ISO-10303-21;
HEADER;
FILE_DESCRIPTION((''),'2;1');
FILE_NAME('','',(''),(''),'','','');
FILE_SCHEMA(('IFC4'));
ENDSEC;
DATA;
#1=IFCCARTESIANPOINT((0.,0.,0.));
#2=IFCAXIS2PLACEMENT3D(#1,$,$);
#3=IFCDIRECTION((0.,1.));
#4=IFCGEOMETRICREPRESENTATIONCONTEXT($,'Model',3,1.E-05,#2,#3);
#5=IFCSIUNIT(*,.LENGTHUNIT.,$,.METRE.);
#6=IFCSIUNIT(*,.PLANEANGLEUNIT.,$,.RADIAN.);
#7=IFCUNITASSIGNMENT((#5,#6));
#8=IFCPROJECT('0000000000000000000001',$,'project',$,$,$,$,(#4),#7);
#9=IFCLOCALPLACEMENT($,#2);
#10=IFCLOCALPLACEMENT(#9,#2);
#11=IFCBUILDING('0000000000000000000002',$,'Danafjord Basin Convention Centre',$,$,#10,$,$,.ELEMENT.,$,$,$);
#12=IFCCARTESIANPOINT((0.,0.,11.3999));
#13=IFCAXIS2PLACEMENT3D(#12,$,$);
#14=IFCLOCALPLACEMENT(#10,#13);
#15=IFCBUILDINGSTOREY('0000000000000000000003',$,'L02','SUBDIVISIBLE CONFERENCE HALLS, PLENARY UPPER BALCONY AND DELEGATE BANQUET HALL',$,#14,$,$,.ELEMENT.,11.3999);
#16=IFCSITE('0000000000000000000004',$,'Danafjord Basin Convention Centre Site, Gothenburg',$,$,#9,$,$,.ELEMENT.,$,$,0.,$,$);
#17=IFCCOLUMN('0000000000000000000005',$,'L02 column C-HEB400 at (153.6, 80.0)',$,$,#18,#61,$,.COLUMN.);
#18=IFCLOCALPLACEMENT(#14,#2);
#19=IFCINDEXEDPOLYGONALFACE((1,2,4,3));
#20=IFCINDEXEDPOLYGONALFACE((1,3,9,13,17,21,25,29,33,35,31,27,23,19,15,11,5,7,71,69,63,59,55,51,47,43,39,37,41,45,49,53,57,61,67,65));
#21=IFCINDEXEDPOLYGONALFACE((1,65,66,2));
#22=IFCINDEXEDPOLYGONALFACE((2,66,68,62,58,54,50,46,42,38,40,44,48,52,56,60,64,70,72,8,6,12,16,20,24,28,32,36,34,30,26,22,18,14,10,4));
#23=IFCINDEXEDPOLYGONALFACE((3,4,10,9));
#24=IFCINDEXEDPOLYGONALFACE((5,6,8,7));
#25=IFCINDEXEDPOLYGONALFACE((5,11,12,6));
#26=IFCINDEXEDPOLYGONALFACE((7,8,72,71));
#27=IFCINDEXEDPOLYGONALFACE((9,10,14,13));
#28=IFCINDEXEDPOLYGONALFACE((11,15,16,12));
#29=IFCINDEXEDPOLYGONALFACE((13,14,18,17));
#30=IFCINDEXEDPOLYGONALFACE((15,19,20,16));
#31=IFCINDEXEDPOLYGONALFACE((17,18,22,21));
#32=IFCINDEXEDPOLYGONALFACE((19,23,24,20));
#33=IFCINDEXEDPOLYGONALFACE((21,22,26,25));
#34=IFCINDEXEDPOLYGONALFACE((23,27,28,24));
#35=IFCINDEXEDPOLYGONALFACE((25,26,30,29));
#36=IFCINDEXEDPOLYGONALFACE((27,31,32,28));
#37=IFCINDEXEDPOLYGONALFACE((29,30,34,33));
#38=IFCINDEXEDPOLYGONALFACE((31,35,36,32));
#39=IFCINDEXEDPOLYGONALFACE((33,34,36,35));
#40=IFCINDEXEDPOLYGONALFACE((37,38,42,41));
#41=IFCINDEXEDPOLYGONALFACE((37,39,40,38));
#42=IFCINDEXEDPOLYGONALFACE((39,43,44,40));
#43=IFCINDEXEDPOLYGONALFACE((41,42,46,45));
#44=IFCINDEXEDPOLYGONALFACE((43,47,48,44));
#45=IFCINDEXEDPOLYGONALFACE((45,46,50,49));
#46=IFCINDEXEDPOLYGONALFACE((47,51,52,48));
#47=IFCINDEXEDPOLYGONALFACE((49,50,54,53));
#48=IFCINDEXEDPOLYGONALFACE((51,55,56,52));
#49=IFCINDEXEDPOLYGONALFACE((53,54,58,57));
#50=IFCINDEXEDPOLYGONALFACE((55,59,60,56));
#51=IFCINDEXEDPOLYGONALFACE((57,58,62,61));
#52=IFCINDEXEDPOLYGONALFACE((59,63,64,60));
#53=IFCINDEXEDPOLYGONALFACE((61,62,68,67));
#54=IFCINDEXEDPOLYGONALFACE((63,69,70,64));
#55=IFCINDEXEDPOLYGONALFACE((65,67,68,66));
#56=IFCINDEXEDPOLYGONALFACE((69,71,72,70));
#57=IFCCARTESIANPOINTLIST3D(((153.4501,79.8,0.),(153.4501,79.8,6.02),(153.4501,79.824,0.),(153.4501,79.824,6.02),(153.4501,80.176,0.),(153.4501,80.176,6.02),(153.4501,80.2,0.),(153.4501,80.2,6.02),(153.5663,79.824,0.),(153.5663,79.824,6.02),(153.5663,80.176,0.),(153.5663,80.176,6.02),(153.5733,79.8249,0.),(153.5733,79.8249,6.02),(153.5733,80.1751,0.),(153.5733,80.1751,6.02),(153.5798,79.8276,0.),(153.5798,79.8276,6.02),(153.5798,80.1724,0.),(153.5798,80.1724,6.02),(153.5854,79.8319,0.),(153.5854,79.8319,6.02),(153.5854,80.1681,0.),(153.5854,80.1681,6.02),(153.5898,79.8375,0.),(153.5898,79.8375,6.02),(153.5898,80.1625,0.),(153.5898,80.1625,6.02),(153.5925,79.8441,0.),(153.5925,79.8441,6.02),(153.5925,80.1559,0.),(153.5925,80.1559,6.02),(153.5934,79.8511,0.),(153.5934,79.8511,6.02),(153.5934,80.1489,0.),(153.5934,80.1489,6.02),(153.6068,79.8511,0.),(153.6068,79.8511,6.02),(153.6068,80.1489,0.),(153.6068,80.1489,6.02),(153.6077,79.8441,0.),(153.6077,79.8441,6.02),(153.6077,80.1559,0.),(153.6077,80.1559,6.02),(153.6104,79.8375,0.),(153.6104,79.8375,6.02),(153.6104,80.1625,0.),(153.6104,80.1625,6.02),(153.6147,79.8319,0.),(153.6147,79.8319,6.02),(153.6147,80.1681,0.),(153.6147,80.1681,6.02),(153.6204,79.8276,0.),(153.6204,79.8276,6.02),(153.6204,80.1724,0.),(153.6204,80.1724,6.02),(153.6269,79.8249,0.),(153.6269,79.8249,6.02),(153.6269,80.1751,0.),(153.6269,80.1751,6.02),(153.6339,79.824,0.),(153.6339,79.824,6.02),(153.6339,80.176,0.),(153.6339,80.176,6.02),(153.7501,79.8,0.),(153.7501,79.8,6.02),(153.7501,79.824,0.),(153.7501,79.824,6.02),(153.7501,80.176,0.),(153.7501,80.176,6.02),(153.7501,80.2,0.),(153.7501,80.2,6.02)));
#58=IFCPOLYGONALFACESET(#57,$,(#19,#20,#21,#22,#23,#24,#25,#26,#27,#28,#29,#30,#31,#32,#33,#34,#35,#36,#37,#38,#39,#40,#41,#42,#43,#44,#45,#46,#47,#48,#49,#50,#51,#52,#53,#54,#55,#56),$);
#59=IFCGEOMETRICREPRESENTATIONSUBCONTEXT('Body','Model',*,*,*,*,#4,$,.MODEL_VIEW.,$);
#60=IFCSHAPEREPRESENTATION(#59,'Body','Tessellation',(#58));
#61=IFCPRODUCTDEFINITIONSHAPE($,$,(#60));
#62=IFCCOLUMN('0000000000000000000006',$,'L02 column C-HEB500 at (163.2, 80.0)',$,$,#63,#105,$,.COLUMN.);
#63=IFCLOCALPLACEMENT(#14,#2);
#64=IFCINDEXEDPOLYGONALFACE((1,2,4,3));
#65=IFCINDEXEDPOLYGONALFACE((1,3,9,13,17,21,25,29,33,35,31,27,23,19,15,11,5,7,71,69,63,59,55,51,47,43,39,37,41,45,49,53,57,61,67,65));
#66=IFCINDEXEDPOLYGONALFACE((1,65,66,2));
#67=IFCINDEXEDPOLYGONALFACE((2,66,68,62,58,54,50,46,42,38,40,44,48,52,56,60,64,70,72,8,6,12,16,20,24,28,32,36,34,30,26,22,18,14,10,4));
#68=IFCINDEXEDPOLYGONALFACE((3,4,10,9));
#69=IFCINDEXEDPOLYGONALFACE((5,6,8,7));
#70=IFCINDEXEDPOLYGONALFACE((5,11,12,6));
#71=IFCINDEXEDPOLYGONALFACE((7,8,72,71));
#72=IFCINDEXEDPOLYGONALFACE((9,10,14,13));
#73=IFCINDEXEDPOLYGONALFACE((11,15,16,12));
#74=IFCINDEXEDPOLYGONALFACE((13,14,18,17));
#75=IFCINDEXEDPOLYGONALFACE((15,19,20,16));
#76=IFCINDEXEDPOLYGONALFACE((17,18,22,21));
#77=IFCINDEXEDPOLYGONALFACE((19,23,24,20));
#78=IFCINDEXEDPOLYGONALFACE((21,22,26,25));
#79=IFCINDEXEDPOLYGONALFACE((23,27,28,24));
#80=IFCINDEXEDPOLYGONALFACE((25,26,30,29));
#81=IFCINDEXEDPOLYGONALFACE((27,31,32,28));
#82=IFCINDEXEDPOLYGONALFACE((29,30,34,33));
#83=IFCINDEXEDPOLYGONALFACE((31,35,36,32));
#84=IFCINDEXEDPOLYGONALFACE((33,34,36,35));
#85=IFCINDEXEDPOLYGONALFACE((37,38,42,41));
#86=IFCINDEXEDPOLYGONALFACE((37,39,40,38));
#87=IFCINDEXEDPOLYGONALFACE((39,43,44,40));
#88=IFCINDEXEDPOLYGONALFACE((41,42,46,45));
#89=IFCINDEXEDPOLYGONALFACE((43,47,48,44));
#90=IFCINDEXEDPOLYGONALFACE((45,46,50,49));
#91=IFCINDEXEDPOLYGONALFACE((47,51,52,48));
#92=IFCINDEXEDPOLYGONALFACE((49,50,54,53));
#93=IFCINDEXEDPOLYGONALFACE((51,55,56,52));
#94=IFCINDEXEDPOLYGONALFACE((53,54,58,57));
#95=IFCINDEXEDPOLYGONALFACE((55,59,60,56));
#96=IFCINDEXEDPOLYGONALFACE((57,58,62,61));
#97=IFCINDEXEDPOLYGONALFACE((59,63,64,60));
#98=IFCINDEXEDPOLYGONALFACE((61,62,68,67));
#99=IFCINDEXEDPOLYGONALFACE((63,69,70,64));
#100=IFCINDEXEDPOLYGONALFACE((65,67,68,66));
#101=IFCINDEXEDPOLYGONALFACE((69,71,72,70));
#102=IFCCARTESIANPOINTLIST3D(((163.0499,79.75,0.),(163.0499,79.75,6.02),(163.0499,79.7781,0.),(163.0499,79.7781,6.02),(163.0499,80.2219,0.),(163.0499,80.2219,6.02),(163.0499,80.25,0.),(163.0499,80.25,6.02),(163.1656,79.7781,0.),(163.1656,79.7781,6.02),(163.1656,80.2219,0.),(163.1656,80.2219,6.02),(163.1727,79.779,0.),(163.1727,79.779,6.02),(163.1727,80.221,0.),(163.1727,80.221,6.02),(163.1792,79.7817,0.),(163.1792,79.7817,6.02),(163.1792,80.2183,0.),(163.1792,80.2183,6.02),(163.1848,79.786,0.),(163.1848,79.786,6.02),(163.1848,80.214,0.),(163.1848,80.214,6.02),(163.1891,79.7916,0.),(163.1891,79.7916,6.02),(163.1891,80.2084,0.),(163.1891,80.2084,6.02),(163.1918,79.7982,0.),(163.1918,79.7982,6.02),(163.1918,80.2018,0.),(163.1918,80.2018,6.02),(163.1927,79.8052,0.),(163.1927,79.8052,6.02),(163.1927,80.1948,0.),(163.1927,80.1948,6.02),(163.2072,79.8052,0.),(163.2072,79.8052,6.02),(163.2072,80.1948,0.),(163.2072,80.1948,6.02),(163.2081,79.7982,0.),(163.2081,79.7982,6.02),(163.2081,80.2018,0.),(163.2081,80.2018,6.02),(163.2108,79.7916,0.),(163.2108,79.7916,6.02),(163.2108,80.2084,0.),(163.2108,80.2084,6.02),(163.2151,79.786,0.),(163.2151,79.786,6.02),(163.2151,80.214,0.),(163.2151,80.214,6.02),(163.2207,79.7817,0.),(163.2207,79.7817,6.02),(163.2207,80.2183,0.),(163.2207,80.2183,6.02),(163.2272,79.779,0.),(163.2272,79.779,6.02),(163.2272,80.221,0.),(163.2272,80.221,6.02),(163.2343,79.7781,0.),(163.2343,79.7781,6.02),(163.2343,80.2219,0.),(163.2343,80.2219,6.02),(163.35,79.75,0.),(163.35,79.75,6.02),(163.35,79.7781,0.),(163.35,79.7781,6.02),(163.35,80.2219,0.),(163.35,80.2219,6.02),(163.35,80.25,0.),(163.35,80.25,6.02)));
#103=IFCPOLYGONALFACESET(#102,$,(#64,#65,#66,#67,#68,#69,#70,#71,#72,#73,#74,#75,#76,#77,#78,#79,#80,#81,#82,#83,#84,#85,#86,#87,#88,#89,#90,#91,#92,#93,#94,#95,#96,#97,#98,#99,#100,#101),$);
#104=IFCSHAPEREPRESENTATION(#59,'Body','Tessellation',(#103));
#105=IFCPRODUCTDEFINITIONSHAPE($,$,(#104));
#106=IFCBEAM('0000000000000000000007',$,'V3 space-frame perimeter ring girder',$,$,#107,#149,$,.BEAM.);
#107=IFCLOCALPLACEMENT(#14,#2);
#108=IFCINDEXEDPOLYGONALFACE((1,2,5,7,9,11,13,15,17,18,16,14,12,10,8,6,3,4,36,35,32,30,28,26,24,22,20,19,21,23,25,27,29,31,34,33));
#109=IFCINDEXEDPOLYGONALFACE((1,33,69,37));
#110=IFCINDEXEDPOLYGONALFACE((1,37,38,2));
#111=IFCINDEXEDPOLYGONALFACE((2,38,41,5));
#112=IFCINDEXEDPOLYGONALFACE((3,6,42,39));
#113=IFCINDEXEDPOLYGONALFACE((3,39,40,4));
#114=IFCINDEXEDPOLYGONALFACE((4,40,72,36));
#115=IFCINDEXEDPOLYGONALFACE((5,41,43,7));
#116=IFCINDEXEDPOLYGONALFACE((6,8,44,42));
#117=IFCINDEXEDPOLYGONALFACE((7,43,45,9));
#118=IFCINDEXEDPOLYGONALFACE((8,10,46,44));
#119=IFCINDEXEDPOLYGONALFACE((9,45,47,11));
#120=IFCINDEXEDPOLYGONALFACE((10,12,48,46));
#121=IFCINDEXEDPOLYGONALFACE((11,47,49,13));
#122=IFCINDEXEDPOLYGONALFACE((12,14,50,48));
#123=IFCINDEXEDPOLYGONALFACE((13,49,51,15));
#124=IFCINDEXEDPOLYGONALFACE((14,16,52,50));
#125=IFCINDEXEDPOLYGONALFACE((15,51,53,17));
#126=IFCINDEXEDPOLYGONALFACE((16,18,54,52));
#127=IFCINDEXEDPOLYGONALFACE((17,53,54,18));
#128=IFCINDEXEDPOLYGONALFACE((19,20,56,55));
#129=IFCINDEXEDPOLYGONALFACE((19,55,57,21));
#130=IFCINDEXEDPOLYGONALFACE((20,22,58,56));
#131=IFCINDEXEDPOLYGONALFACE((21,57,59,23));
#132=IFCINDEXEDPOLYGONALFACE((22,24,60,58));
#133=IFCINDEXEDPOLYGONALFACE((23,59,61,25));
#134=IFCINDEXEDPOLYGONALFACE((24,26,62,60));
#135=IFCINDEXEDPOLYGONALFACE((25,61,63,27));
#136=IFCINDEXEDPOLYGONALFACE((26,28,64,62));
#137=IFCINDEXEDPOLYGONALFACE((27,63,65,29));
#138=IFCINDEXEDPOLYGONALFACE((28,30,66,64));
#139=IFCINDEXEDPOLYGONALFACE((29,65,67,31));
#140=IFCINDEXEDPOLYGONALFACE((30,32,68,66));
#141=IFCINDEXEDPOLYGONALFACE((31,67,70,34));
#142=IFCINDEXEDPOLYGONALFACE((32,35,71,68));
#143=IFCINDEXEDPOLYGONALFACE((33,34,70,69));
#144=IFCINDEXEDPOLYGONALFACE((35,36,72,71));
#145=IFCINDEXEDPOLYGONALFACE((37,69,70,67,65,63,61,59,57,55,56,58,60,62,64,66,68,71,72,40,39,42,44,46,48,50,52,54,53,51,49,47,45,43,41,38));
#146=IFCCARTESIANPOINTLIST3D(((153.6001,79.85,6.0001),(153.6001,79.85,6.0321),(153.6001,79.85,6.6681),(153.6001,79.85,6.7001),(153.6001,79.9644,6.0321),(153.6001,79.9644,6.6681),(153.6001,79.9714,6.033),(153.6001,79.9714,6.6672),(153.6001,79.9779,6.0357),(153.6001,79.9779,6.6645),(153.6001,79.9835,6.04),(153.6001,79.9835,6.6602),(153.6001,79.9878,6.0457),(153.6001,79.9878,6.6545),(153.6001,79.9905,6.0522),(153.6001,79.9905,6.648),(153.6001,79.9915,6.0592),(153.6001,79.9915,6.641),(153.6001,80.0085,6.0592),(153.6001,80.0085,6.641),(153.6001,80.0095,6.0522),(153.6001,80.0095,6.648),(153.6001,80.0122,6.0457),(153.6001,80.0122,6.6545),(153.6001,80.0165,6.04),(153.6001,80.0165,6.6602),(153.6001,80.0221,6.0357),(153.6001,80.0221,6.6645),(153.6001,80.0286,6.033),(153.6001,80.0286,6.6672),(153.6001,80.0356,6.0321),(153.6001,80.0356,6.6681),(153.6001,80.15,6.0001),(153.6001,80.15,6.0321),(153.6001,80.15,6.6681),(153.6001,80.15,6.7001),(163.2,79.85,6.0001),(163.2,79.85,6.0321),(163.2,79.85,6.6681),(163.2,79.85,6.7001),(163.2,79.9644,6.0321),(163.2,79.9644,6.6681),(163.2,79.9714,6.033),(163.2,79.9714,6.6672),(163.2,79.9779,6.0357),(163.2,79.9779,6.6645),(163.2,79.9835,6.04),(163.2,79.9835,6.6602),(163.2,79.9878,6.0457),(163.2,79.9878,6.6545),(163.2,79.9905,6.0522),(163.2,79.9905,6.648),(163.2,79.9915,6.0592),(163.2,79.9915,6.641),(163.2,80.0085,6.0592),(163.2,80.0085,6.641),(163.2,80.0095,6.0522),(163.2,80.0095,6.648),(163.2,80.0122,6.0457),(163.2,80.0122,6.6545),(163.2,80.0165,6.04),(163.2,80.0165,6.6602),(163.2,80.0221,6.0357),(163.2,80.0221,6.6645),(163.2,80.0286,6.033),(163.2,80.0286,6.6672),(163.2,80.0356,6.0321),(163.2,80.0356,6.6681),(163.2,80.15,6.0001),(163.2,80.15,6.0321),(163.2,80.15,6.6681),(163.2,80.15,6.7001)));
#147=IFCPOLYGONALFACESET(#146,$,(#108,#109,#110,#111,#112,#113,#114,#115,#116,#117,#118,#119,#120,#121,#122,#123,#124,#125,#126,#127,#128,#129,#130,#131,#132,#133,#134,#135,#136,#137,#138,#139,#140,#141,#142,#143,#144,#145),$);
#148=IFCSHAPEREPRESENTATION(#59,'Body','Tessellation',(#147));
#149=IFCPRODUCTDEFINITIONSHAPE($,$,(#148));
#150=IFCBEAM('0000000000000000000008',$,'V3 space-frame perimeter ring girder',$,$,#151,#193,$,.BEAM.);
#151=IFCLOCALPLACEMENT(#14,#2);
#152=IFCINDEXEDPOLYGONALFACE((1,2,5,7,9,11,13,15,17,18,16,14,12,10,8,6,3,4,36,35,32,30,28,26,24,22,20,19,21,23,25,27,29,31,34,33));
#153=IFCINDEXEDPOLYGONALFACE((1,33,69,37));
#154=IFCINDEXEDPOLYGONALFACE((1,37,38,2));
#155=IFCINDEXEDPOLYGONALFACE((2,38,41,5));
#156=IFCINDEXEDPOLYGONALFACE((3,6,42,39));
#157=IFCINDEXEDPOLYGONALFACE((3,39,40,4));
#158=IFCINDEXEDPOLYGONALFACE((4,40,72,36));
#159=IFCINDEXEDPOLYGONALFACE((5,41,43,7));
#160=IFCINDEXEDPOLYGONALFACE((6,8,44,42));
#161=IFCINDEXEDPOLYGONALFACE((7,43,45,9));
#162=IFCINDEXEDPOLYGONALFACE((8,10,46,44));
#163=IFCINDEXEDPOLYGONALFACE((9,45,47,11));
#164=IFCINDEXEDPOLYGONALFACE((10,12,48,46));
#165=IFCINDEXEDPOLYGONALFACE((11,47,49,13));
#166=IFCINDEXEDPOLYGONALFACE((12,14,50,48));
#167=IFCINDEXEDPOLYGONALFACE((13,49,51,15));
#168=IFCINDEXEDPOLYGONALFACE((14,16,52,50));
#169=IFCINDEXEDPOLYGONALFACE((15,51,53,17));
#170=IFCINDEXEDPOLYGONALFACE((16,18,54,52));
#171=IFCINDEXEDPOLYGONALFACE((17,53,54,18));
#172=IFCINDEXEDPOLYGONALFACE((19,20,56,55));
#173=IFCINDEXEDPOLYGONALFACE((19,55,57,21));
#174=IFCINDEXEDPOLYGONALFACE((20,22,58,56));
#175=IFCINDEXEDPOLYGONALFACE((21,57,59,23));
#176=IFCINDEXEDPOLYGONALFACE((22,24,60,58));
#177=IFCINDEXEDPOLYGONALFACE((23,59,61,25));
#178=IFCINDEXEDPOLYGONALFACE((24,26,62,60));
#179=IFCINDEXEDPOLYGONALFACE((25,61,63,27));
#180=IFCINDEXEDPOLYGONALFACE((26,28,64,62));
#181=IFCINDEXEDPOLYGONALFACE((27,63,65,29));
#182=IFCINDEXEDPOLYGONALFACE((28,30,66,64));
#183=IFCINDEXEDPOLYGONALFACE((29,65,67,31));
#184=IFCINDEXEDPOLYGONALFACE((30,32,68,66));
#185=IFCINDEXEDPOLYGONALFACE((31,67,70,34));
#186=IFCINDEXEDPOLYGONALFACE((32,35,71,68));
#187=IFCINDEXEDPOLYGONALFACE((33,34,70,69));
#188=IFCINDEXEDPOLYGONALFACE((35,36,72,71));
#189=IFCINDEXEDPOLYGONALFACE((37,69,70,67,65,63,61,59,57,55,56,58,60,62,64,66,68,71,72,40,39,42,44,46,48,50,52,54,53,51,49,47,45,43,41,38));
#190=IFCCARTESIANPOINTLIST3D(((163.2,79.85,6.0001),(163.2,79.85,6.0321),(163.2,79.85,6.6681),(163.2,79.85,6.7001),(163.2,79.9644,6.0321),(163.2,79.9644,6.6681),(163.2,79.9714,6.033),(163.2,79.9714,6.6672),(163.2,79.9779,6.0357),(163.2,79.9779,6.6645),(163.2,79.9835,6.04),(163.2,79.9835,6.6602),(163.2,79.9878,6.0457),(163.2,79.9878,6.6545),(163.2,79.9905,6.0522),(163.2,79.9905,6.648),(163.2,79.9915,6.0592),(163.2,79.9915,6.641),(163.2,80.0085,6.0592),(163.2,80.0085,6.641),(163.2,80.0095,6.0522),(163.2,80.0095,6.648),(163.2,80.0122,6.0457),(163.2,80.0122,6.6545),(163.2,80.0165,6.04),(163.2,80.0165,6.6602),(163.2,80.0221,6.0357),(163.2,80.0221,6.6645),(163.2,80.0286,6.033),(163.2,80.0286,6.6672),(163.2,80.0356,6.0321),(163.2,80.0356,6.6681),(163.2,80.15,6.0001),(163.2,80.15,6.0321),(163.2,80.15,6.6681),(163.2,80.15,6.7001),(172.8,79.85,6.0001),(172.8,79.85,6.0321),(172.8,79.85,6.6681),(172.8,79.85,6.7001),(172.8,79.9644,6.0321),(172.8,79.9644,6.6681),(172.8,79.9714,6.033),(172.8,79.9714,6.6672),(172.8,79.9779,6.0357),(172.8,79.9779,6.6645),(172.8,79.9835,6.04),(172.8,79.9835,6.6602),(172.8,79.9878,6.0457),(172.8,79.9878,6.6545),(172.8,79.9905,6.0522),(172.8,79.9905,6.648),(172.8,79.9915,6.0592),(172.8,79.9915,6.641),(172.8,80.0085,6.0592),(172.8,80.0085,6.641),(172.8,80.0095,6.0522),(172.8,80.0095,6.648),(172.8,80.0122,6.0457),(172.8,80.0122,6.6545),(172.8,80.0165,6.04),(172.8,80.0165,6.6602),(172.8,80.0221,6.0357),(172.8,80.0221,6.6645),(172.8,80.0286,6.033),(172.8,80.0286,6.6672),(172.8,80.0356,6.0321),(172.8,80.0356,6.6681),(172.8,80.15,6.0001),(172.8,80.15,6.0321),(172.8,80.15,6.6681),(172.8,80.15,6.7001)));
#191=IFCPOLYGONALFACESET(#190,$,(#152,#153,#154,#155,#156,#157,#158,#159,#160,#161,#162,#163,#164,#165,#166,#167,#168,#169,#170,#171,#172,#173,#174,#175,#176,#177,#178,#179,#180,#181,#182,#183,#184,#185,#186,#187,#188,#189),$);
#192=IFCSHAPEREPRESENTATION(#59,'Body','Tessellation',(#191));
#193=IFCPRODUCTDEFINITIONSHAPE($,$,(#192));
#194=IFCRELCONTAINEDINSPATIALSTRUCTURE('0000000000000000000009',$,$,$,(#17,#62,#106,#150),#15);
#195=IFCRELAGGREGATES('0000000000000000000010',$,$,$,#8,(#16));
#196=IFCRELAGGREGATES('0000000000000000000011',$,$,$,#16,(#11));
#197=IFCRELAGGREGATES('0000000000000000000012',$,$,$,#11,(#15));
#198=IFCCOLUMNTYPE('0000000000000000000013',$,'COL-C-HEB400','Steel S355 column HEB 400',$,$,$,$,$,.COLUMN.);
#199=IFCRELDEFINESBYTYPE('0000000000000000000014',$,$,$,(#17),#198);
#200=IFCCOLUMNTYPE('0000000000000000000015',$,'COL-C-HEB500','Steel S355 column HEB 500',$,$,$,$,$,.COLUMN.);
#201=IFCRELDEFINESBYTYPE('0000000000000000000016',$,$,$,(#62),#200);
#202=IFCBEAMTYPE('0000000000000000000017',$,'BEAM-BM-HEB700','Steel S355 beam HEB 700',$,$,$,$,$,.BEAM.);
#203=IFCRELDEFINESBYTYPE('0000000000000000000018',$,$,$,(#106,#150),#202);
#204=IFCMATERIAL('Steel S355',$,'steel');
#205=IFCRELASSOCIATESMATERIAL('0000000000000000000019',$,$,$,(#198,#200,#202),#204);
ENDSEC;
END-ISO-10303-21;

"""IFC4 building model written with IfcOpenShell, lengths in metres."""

from ifc_helpers import new_model, si_unit, direction, frame, origin, origin_2d, place, context, subcontext, project, spatial, i_section, extrude, material, material_profile, profile_set, type_object, element, save


model = new_model("IFC4")

# Units and contexts
model_context = context("Model", 3, precision=1e-05, world=origin(), true_north=direction((0.0, 1.0)))
body_context = subcontext(model_context, "Body", "Model", "MODEL_VIEW")
ifc_project = project(units=[si_unit("LENGTHUNIT", "METRE"), si_unit("PLANEANGLEUNIT", "RADIAN")], contexts=[model_context])

# Site, building, storey
site_placement = place(None, origin())
site = spatial("IfcSite", under=ifc_project, at=site_placement, Name="Danafjord Basin Convention Centre Site, Gothenburg", CompositionType="ELEMENT", RefElevation=0.0)
building_placement = place(site_placement, origin())
building = spatial("IfcBuilding", under=site, at=building_placement, Name="Danafjord Basin Convention Centre", CompositionType="ELEMENT")
storey_placement = place(building_placement, frame((0.0, 0.0, 11.3999)))
storey = spatial("IfcBuildingStorey", under=building, at=storey_placement, Name="L02", Description="SUBDIVISIBLE CONFERENCE HALLS, PLENARY UPPER BALCONY AND DELEGATE BANQUET HALL", CompositionType="ELEMENT", Elevation=11.3999)

# Columns
ifc_material = material(Name="Steel S355", Category="steel")
ifc_material_profile_1 = material_profile(ifc_material, i_section(OverallWidth=0.3, OverallDepth=0.3999, WebThickness=0.0134, FlangeThickness=0.0239, FilletRadius=0.0271, at=origin_2d()), Name="HEB 400")
ifc_profile_set_1 = profile_set([ifc_material_profile_1], Name="Steel S355")
column_type_1 = type_object("IfcColumnType", Name="COL-C-HEB400", Description="Steel S355 column HEB 400", PredefinedType="COLUMN", material=ifc_profile_set_1)
column_1_placement = place(storey_placement, frame((153.6001, 80.0, 0.0), z_axis=(0.0, 0.0, 1.0), x_axis=(1.0, 0.0, 0.0)))
element("IfcColumn", 1, at=column_1_placement, inside=storey, type_object=column_type_1, Name="L02 column C-HEB400 at (153.6, 80.0)", PredefinedType="COLUMN", context=body_context, shape_type="SweptSolid", body=[
    extrude(i_section(OverallWidth=0.3, OverallDepth=0.3999, WebThickness=0.0134, FlangeThickness=0.0239, FilletRadius=0.0271, at=origin_2d()), origin(), (0.0, 0.0, 1.0), 6.02),
])
ifc_material_profile_2 = material_profile(ifc_material, i_section(OverallWidth=0.3, OverallDepth=0.5, WebThickness=0.0144, FlangeThickness=0.0281, FilletRadius=0.0271, at=origin_2d()), Name="HEB 500")
ifc_profile_set_2 = profile_set([ifc_material_profile_2], Name="Steel S355")
column_type_2 = type_object("IfcColumnType", Name="COL-C-HEB500", Description="Steel S355 column HEB 500", PredefinedType="COLUMN", material=ifc_profile_set_2)
column_2_placement = place(storey_placement, frame((163.2, 80.0, 0.0), z_axis=(0.0, 0.0, 1.0), x_axis=(1.0, 0.0, 0.0)))
element("IfcColumn", 2, at=column_2_placement, inside=storey, type_object=column_type_2, Name="L02 column C-HEB500 at (163.2, 80.0)", PredefinedType="COLUMN", context=body_context, shape_type="SweptSolid", body=[
    extrude(i_section(OverallWidth=0.3, OverallDepth=0.5, WebThickness=0.0144, FlangeThickness=0.0281, FilletRadius=0.0271, at=origin_2d()), origin(), (0.0, 0.0, 1.0), 6.02),
])

# Beams
ifc_material_profile_3 = material_profile(ifc_material, i_section(OverallWidth=0.3, OverallDepth=0.7, WebThickness=0.0171, FlangeThickness=0.032, FilletRadius=0.0271, at=origin_2d()), Name="HEB 700")
ifc_profile_set_3 = profile_set([ifc_material_profile_3], Name="Steel S355")
beam_type = type_object("IfcBeamType", Name="BEAM-BM-HEB700", Description="Steel S355 beam HEB 700", PredefinedType="BEAM", material=ifc_profile_set_3)
beam_1_placement = place(storey_placement, frame((153.6001, 80.0, 6.3501), z_axis=(1.0, 0.0, 0.0), x_axis=(0.0, 1.0, 0.0)))
element("IfcBeam", 3, at=beam_1_placement, inside=storey, type_object=beam_type, Name="V3 space-frame perimeter ring girder", PredefinedType="BEAM", context=body_context, shape_type="SweptSolid", body=[
    extrude(i_section(OverallWidth=0.3, OverallDepth=0.7, WebThickness=0.0171, FlangeThickness=0.032, FilletRadius=0.0271, at=origin_2d()), origin(), (0.0, 0.0, 1.0), 9.5999),
])
beam_2_placement = place(storey_placement, frame((163.2, 80.0, 6.3501), z_axis=(1.0, 0.0, 0.0), x_axis=(0.0, 1.0, 0.0)))
element("IfcBeam", 4, at=beam_2_placement, inside=storey, type_object=beam_type, Name="V3 space-frame perimeter ring girder", PredefinedType="BEAM", context=body_context, shape_type="SweptSolid", body=[
    extrude(i_section(OverallWidth=0.3, OverallDepth=0.7, WebThickness=0.0171, FlangeThickness=0.032, FilletRadius=0.0271, at=origin_2d()), origin(), (0.0, 0.0, 1.0), 9.6001),
])

save(model, "model.ifc")
